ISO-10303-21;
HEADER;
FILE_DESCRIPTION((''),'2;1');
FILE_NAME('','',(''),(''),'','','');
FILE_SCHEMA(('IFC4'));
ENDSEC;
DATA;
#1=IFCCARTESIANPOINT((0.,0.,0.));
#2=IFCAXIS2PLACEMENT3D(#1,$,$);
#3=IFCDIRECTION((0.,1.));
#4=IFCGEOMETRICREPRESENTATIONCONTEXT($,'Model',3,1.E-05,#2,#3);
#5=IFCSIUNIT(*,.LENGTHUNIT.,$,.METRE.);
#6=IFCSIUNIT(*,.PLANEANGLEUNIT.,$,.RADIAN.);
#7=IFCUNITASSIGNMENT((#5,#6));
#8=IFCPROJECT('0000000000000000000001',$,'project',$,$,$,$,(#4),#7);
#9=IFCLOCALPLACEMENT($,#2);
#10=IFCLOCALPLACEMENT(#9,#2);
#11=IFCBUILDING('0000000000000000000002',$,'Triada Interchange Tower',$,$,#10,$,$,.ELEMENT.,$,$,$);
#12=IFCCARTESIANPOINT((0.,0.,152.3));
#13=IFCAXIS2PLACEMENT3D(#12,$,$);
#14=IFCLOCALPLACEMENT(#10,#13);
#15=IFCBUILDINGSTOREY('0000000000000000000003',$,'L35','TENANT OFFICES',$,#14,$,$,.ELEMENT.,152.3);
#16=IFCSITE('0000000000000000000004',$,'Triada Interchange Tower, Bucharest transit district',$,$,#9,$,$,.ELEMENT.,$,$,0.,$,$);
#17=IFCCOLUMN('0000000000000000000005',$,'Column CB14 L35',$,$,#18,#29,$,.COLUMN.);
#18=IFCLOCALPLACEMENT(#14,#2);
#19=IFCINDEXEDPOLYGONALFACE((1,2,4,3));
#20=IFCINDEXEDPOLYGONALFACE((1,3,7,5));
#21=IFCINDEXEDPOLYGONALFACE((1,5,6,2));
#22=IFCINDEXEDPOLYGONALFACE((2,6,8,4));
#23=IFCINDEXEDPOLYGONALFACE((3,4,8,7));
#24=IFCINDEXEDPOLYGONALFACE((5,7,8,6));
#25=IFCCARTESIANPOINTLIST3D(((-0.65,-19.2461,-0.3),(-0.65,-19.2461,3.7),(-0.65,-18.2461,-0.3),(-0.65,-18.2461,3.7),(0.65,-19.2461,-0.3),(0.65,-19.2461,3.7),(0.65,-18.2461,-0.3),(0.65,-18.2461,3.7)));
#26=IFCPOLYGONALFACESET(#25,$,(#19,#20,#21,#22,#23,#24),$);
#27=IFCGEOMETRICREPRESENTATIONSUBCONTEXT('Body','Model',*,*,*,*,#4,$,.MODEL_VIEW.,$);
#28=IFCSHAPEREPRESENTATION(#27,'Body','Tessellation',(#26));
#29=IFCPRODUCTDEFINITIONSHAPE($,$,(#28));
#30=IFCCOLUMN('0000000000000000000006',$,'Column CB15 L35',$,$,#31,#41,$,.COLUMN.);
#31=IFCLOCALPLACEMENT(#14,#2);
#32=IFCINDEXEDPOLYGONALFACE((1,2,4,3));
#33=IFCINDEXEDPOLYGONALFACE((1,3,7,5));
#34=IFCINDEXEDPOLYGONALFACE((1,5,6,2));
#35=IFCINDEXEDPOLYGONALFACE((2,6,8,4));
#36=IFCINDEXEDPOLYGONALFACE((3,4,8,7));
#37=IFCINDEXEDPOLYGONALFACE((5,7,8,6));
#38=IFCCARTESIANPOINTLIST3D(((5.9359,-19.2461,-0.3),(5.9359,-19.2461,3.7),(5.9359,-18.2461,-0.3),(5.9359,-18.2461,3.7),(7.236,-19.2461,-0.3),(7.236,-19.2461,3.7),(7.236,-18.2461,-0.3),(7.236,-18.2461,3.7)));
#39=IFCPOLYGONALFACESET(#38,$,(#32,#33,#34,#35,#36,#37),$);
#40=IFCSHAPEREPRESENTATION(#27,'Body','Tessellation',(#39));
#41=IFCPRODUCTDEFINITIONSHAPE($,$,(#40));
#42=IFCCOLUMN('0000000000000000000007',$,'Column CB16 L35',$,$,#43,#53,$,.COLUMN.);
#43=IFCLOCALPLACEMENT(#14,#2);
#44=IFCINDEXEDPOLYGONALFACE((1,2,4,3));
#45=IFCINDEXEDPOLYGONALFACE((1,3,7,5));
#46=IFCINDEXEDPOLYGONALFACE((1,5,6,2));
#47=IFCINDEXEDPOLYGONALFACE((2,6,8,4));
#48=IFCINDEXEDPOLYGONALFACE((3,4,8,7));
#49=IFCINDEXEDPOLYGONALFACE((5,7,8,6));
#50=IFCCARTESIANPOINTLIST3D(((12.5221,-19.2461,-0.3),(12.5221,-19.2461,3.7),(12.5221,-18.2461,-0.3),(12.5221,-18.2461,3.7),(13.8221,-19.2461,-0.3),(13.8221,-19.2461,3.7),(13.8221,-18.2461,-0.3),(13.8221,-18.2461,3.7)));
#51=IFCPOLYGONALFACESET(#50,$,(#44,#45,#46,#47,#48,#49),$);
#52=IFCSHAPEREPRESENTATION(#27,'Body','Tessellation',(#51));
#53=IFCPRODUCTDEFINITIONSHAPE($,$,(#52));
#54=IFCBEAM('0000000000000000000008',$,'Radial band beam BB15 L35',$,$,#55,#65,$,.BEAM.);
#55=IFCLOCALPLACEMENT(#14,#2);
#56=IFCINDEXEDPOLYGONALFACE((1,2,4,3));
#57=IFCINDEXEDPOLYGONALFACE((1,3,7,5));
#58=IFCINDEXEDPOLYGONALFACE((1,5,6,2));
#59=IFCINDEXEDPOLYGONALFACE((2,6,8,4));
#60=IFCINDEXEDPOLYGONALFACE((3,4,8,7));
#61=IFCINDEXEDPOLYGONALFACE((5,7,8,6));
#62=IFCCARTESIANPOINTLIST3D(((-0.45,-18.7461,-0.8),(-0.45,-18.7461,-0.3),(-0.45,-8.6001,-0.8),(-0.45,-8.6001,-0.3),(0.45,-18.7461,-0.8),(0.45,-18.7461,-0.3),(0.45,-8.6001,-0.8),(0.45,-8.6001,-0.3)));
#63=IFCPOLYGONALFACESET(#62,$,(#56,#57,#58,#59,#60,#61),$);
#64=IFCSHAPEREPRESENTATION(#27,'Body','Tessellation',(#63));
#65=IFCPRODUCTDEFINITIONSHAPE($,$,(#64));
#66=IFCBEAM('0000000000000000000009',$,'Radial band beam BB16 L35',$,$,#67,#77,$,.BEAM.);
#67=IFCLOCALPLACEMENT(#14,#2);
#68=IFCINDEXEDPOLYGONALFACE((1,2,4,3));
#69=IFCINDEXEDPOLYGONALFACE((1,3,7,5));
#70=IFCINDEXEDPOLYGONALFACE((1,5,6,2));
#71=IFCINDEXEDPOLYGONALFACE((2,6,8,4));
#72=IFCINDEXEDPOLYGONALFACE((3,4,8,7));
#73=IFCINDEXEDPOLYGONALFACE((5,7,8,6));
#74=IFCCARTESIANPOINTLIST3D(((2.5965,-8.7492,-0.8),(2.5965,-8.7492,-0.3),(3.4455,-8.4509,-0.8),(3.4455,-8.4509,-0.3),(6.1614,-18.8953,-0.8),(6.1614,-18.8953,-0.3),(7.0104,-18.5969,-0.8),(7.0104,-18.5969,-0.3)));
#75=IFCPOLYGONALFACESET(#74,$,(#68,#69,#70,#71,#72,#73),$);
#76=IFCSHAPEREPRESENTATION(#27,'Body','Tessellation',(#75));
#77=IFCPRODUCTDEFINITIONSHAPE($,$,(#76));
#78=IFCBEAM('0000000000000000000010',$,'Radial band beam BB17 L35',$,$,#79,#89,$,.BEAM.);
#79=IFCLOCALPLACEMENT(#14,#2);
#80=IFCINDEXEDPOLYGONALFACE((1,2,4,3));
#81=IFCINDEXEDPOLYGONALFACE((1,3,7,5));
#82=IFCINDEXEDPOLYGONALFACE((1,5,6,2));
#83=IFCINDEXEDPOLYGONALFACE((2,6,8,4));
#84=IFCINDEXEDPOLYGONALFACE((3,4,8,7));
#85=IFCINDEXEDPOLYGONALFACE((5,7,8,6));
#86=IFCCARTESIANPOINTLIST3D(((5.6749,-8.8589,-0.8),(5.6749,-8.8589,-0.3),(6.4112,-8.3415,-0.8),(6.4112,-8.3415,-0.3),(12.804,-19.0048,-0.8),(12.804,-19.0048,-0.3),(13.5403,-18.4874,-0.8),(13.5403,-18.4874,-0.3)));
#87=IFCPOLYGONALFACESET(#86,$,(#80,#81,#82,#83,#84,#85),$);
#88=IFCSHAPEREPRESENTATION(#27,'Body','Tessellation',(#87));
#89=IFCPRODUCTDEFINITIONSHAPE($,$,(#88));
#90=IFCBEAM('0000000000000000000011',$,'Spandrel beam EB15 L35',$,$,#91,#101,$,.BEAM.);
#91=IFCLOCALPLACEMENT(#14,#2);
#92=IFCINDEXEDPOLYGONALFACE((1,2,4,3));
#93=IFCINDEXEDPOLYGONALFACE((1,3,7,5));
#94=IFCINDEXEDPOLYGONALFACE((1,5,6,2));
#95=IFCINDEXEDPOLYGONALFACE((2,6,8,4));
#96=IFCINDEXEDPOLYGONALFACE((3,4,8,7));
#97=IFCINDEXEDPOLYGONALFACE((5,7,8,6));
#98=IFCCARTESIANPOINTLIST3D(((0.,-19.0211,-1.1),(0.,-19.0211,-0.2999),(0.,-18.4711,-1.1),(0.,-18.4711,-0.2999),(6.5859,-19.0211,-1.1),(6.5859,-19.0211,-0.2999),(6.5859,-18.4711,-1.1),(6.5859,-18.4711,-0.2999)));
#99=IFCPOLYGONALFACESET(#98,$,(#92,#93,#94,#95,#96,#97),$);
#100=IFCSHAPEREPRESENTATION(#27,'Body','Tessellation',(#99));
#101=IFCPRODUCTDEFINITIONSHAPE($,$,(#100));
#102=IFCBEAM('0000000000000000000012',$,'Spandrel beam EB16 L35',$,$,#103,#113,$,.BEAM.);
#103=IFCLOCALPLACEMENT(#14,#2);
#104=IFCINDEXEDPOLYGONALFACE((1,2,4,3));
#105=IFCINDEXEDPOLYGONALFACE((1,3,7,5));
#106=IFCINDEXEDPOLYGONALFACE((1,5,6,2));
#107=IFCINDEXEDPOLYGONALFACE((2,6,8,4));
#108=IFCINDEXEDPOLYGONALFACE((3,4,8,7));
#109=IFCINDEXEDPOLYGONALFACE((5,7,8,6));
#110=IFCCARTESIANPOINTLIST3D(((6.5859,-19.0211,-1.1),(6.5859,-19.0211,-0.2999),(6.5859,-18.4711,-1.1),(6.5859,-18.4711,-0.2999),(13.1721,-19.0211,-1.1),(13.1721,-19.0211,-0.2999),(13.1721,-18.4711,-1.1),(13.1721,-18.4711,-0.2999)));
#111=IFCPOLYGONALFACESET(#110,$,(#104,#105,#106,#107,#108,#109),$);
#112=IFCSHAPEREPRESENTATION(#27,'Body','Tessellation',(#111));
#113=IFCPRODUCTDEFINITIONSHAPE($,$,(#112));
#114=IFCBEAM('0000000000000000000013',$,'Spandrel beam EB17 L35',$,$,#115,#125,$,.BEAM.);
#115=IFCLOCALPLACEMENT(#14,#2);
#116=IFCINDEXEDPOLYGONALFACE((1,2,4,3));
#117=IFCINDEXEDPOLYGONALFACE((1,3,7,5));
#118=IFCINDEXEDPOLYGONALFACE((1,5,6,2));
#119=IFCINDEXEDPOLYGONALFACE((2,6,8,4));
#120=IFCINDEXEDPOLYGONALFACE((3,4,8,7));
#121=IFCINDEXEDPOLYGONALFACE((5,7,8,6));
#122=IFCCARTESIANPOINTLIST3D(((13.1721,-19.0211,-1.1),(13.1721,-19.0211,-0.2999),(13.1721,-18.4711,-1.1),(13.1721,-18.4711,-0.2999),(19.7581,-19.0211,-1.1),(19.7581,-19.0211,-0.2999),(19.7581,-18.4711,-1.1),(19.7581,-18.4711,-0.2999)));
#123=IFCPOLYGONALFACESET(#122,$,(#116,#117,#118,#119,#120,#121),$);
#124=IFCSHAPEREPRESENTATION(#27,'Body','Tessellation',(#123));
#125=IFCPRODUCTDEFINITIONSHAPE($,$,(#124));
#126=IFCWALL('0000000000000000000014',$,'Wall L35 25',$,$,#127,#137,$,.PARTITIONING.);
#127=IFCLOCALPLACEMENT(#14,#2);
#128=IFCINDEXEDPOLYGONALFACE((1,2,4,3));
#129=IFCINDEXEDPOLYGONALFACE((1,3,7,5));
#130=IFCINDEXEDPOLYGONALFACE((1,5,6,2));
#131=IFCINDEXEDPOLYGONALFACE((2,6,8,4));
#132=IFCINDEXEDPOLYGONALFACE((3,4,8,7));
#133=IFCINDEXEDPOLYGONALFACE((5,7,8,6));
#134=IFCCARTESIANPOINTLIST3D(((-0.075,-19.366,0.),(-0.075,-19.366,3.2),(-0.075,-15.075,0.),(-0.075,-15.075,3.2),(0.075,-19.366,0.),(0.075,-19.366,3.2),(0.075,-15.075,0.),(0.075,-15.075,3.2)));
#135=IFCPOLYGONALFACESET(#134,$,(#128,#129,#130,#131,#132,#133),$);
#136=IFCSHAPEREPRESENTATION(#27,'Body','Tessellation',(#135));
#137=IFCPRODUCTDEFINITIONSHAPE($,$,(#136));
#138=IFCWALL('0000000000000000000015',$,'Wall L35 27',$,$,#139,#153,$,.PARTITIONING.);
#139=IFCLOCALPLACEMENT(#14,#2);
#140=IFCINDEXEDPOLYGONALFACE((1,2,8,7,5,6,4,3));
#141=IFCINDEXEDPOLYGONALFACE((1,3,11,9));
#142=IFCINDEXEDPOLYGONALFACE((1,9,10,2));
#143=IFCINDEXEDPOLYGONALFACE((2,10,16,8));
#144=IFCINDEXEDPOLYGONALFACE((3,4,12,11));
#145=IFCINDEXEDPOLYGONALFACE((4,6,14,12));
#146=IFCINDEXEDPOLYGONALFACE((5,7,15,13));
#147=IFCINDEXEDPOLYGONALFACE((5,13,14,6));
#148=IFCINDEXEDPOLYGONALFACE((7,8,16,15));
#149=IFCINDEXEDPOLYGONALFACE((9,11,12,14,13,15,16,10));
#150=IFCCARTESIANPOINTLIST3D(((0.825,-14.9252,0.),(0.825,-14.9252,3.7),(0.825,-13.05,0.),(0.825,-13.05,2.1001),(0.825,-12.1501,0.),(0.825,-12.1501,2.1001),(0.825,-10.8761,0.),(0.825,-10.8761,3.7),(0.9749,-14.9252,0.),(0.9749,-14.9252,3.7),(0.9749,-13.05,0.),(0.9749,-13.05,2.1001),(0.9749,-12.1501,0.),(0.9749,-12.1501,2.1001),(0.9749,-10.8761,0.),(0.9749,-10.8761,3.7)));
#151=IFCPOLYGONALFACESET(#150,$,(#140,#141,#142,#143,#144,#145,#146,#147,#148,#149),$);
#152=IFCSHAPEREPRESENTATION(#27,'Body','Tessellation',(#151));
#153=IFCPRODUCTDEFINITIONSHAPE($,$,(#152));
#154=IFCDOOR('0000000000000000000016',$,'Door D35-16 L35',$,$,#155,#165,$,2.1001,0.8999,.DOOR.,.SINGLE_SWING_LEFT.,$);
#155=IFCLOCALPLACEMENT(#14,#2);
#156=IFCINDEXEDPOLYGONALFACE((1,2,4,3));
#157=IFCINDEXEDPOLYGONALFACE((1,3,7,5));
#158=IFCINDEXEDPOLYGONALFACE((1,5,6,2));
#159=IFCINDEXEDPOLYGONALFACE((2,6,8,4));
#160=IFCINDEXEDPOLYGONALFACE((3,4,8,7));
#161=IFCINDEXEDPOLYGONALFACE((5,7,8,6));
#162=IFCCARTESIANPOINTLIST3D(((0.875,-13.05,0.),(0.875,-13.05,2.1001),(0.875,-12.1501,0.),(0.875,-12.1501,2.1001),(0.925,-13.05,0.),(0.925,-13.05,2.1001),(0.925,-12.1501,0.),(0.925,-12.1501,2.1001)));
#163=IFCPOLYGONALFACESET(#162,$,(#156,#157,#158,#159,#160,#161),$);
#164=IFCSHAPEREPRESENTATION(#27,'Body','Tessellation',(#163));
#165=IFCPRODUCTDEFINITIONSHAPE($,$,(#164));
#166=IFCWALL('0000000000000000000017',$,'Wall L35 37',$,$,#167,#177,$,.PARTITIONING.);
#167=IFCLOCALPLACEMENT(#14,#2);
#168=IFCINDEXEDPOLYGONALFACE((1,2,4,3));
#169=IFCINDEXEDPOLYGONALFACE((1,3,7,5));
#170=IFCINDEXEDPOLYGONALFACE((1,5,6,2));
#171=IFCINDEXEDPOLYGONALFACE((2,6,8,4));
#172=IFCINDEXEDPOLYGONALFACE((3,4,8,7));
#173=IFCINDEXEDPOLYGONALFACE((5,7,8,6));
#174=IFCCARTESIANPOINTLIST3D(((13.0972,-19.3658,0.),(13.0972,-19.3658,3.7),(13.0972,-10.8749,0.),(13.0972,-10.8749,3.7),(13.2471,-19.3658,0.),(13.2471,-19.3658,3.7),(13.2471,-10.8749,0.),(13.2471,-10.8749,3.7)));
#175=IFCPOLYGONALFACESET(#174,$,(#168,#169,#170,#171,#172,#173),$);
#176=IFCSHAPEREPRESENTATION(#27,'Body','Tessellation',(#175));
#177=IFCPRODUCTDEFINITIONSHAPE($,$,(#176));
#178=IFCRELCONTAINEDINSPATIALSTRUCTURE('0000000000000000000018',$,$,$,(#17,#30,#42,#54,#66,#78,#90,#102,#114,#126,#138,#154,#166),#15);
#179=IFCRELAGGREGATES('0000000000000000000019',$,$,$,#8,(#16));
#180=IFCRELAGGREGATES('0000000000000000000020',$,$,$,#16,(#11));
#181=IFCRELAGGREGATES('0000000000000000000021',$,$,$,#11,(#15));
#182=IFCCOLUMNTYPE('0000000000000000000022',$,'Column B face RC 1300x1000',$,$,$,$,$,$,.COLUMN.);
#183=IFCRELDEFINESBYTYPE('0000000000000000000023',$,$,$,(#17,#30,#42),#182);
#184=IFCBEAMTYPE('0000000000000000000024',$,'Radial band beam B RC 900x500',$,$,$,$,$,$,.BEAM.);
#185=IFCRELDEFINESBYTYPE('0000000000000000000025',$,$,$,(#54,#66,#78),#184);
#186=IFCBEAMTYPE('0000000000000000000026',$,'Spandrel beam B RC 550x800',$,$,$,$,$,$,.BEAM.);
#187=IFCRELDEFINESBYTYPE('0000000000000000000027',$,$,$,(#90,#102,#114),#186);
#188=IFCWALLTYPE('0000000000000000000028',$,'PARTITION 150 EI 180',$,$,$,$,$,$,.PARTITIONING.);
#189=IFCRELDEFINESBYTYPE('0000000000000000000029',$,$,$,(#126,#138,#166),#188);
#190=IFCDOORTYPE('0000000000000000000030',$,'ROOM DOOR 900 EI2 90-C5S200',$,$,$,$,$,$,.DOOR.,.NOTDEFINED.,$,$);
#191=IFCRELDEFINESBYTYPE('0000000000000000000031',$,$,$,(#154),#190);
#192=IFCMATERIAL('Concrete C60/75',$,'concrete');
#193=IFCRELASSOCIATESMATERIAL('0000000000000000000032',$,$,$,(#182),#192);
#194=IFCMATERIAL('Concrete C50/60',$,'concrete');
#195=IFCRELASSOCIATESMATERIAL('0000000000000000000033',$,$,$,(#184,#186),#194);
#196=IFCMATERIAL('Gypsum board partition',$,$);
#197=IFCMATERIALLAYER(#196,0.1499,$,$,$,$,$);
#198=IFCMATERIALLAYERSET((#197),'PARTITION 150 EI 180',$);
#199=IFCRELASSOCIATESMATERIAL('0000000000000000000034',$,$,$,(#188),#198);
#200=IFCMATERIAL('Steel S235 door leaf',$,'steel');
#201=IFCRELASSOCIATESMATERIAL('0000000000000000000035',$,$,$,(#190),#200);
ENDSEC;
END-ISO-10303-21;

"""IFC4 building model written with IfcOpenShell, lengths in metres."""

from ifc_helpers import new_model, si_unit, direction, frame, frame_2d, origin, origin_2d, place, context, subcontext, project, spatial, rectangle, extrude, material, layer, layer_set, material_profile, profile_set, type_object, element, fill, save


model = new_model("IFC4")

# Units and contexts
model_context = context("Model", 3, precision=1e-05, world=origin(), true_north=direction((0.0, 1.0)))
body_context = subcontext(model_context, "Body", "Model", "MODEL_VIEW")
ifc_project = project(units=[si_unit("LENGTHUNIT", "METRE"), si_unit("PLANEANGLEUNIT", "RADIAN")], contexts=[model_context])

# Site, building, storey
site_placement = place(None, origin())
site = spatial("IfcSite", under=ifc_project, at=site_placement, Name="Triada Interchange Tower, Bucharest transit district", CompositionType="ELEMENT", RefElevation=0.0)
building_placement = place(site_placement, origin())
building = spatial("IfcBuilding", under=site, at=building_placement, Name="Triada Interchange Tower", CompositionType="ELEMENT")
storey_placement = place(building_placement, frame((0.0, 0.0, 152.3)))
storey = spatial("IfcBuildingStorey", under=building, at=storey_placement, Name="L35", Description="TENANT OFFICES", CompositionType="ELEMENT", Elevation=152.3)

# Columns
ifc_material_1 = material(Name="Concrete C60/75", Category="concrete")
ifc_material_profile_1 = material_profile(ifc_material_1, rectangle(XDim=1.3, YDim=1.0, at=origin_2d()), Name="RC 1300x1000")
ifc_profile_set_1 = profile_set([ifc_material_profile_1], Name="Concrete C60/75")
column_type = type_object("IfcColumnType", Name="Column B face RC 1300x1000", PredefinedType="COLUMN", material=ifc_profile_set_1)
for number, where, z_axis, x_axis, name in (
    (1, (0.0, -18.7461, -0.3), (0.0, 0.0, 1.0), (1.0, 0.0, 0.0), "Column CB14 L35"),
    (2, (6.5859, -18.7461, -0.3), (0.0, 0.0, 1.0), (1.0, 0.0, 0.0), "Column CB15 L35"),
    (3, (13.1721, -18.7461, -0.3), (0.0, 0.0, 1.0), (1.0, 0.0, 0.0), "Column CB16 L35"),
):
    element("IfcColumn", number, at=place(storey_placement, frame(where, z_axis=z_axis, x_axis=x_axis)), inside=storey, type_object=column_type, Name=name, PredefinedType="COLUMN", context=body_context, shape_type="SweptSolid", body=[
        extrude(rectangle(XDim=1.3, YDim=1.0, at=origin_2d()), origin(), (0.0, 0.0, 1.0), 4.0),
    ])

# Beams
ifc_material_2 = material(Name="Concrete C50/60", Category="concrete")
ifc_material_profile_2 = material_profile(ifc_material_2, rectangle(XDim=0.8999, YDim=0.5, at=origin_2d()), Name="RC 900x500")
ifc_profile_set_2 = profile_set([ifc_material_profile_2], Name="Concrete C50/60")
beam_type_1 = type_object("IfcBeamType", Name="Radial band beam B RC 900x500", PredefinedType="BEAM", material=ifc_profile_set_2)
beam_1_placement = place(storey_placement, frame((0.0, -18.7461, -0.55), z_axis=(0.0, 1.0, 0.0), x_axis=(-1.0, 0.0, 0.0)))
element("IfcBeam", 4, at=beam_1_placement, inside=storey, type_object=beam_type_1, Name="Radial band beam BB15 L35", PredefinedType="BEAM", context=body_context, shape_type="SweptSolid", body=[
    extrude(rectangle(XDim=0.8999, YDim=0.5, at=origin_2d()), origin(), (0.0, 0.0, 1.0), 10.146),
])
beam_2_placement = place(storey_placement, frame((6.5859, -18.7461, -0.55), z_axis=(-0.331497, 0.943456, 0.0), x_axis=(-0.943456, -0.331497, 0.0)))
element("IfcBeam", 5, at=beam_2_placement, inside=storey, type_object=beam_type_1, Name="Radial band beam BB16 L35", PredefinedType="BEAM", context=body_context, shape_type="SweptSolid", body=[
    extrude(rectangle(XDim=0.8999, YDim=0.5, at=origin_2d()), origin(), (0.0, 0.0, 1.0), 10.7542),
])
beam_3_placement = place(storey_placement, frame((13.1721, -18.7461, -0.55), z_axis=(-0.57492, 0.818209, 0.0), x_axis=(-0.818209, -0.57492, 0.0)))
element("IfcBeam", 6, at=beam_3_placement, inside=storey, type_object=beam_type_1, Name="Radial band beam BB17 L35", PredefinedType="BEAM", context=body_context, shape_type="SweptSolid", body=[
    extrude(rectangle(XDim=0.8999, YDim=0.5, at=origin_2d()), origin(), (0.0, 0.0, 1.0), 12.4001),
])
ifc_material_profile_3 = material_profile(ifc_material_2, rectangle(XDim=0.55, YDim=0.8, at=origin_2d()), Name="RC 550x800")
ifc_profile_set_3 = profile_set([ifc_material_profile_3], Name="Concrete C50/60")
beam_type_2 = type_object("IfcBeamType", Name="Spandrel beam B RC 550x800", PredefinedType="BEAM", material=ifc_profile_set_3)
beam_4_placement = place(storey_placement, frame((0.0, -18.7461, -0.7), z_axis=(1.0, 0.0, 0.0), x_axis=(0.0, 1.0, 0.0)))
element("IfcBeam", 7, at=beam_4_placement, inside=storey, type_object=beam_type_2, Name="Spandrel beam EB15 L35", PredefinedType="BEAM", context=body_context, shape_type="SweptSolid", body=[
    extrude(rectangle(XDim=0.55, YDim=0.8, at=origin_2d()), origin(), (0.0, 0.0, 1.0), 6.5859),
])
beam_5_placement = place(storey_placement, frame((6.5859, -18.7461, -0.7), z_axis=(1.0, 0.0, 0.0), x_axis=(0.0, 1.0, 0.0)))
element("IfcBeam", 8, at=beam_5_placement, inside=storey, type_object=beam_type_2, Name="Spandrel beam EB16 L35", PredefinedType="BEAM", context=body_context, shape_type="SweptSolid", body=[
    extrude(rectangle(XDim=0.55, YDim=0.8, at=origin_2d()), origin(), (0.0, 0.0, 1.0), 6.5862),
])
beam_6_placement = place(storey_placement, frame((13.1721, -18.7461, -0.7), z_axis=(1.0, 0.0, 0.0), x_axis=(0.0, 1.0, 0.0)))
element("IfcBeam", 9, at=beam_6_placement, inside=storey, type_object=beam_type_2, Name="Spandrel beam EB17 L35", PredefinedType="BEAM", context=body_context, shape_type="SweptSolid", body=[
    extrude(rectangle(XDim=0.55, YDim=0.8, at=origin_2d()), origin(), (0.0, 0.0, 1.0), 6.5859),
])

# Wall
ifc_material_3 = material(Name="Gypsum board partition")
ifc_layer_1 = layer(ifc_material_3, 0.1499)
ifc_layer_set_1 = layer_set([ifc_layer_1], Name="PARTITION 150 EI 180")
wall_type = type_object("IfcWallType", Name="PARTITION 150 EI 180", PredefinedType="PARTITIONING", material=ifc_layer_set_1)
wall_1_placement = place(storey_placement, frame((0.0, -19.366, 0.0), z_axis=(0.0, 0.0, 1.0), x_axis=(0.0, 1.0, 0.0)))
element("IfcWall", 10, at=wall_1_placement, inside=storey, type_object=wall_type, Name="Wall L35 25", PredefinedType="PARTITIONING", context=body_context, shape_type="SweptSolid", body=[
    extrude(rectangle(XDim=4.291, YDim=0.1499, at=frame_2d((2.1455, 0.0))), origin(), (0.0, 0.0, 1.0), 3.2),
])

# Wall, opening, door
wall_2_placement = place(storey_placement, frame((0.8999, -14.925, 0.0), z_axis=(0.0, 0.0, 1.0), x_axis=(0.0, 1.0, 0.0)))
wall_2 = element("IfcWall", 11, at=wall_2_placement, inside=storey, type_object=wall_type, Name="Wall L35 27", PredefinedType="PARTITIONING", context=body_context, shape_type="SweptSolid", body=[
    extrude(rectangle(XDim=4.0491, YDim=0.1499, at=frame_2d((2.0244, 0.0))), origin(), (0.0, 0.0, 1.0), 3.7),
])
opening_placement = place(wall_2_placement, frame((1.875, 0.0, 0.0)))
opening = element("IfcOpeningElement", 12, at=opening_placement, cuts=wall_2, PredefinedType="OPENING", context=body_context, shape_type="SweptSolid", body=[
    extrude(rectangle(XDim=0.8999, YDim=2.1001, at=frame_2d((0.45, 1.05))), frame((0.0, 0.085, 0.0), z_axis=(0.0, -1.0, 0.0), x_axis=(1.0, 0.0, 0.0)), (0.0, 0.0, 1.0), 0.1699),
])
ifc_material_4 = material(Name="Steel S235 door leaf", Category="steel")
door_type = type_object("IfcDoorType", Name="ROOM DOOR 900 EI2 90-C5S200", OperationType="NOTDEFINED", PredefinedType="DOOR", material=ifc_material_4)
door_placement = place(opening_placement, origin())
door = element("IfcDoor", 13, at=door_placement, inside=storey, type_object=door_type, Name="Door D35-16 L35", OperationType="SINGLE_SWING_LEFT", OverallHeight=2.1001, OverallWidth=0.8999, PredefinedType="DOOR", context=body_context, shape_type="SweptSolid", body=[
    extrude(rectangle(XDim=0.8999, YDim=2.1001, at=frame_2d((0.45, 1.05))), frame((0.0, 0.0249, 0.0), z_axis=(0.0, -1.0, 0.0), x_axis=(1.0, 0.0, 0.0)), (0.0, 0.0, 1.0), 0.05),
])
fill(opening, door)

# Wall
wall_3_placement = place(storey_placement, frame((13.1721, -19.366, 0.0), z_axis=(0.0, 0.0, 1.0), x_axis=(0.0, 1.0, 0.0)))
element("IfcWall", 14, at=wall_3_placement, inside=storey, type_object=wall_type, Name="Wall L35 37", PredefinedType="PARTITIONING", context=body_context, shape_type="SweptSolid", body=[
    extrude(rectangle(XDim=8.491, YDim=0.1499, at=frame_2d((4.2456, 0.0))), origin(), (0.0, 0.0, 1.0), 3.7),
])

save(model, "model.ifc")
